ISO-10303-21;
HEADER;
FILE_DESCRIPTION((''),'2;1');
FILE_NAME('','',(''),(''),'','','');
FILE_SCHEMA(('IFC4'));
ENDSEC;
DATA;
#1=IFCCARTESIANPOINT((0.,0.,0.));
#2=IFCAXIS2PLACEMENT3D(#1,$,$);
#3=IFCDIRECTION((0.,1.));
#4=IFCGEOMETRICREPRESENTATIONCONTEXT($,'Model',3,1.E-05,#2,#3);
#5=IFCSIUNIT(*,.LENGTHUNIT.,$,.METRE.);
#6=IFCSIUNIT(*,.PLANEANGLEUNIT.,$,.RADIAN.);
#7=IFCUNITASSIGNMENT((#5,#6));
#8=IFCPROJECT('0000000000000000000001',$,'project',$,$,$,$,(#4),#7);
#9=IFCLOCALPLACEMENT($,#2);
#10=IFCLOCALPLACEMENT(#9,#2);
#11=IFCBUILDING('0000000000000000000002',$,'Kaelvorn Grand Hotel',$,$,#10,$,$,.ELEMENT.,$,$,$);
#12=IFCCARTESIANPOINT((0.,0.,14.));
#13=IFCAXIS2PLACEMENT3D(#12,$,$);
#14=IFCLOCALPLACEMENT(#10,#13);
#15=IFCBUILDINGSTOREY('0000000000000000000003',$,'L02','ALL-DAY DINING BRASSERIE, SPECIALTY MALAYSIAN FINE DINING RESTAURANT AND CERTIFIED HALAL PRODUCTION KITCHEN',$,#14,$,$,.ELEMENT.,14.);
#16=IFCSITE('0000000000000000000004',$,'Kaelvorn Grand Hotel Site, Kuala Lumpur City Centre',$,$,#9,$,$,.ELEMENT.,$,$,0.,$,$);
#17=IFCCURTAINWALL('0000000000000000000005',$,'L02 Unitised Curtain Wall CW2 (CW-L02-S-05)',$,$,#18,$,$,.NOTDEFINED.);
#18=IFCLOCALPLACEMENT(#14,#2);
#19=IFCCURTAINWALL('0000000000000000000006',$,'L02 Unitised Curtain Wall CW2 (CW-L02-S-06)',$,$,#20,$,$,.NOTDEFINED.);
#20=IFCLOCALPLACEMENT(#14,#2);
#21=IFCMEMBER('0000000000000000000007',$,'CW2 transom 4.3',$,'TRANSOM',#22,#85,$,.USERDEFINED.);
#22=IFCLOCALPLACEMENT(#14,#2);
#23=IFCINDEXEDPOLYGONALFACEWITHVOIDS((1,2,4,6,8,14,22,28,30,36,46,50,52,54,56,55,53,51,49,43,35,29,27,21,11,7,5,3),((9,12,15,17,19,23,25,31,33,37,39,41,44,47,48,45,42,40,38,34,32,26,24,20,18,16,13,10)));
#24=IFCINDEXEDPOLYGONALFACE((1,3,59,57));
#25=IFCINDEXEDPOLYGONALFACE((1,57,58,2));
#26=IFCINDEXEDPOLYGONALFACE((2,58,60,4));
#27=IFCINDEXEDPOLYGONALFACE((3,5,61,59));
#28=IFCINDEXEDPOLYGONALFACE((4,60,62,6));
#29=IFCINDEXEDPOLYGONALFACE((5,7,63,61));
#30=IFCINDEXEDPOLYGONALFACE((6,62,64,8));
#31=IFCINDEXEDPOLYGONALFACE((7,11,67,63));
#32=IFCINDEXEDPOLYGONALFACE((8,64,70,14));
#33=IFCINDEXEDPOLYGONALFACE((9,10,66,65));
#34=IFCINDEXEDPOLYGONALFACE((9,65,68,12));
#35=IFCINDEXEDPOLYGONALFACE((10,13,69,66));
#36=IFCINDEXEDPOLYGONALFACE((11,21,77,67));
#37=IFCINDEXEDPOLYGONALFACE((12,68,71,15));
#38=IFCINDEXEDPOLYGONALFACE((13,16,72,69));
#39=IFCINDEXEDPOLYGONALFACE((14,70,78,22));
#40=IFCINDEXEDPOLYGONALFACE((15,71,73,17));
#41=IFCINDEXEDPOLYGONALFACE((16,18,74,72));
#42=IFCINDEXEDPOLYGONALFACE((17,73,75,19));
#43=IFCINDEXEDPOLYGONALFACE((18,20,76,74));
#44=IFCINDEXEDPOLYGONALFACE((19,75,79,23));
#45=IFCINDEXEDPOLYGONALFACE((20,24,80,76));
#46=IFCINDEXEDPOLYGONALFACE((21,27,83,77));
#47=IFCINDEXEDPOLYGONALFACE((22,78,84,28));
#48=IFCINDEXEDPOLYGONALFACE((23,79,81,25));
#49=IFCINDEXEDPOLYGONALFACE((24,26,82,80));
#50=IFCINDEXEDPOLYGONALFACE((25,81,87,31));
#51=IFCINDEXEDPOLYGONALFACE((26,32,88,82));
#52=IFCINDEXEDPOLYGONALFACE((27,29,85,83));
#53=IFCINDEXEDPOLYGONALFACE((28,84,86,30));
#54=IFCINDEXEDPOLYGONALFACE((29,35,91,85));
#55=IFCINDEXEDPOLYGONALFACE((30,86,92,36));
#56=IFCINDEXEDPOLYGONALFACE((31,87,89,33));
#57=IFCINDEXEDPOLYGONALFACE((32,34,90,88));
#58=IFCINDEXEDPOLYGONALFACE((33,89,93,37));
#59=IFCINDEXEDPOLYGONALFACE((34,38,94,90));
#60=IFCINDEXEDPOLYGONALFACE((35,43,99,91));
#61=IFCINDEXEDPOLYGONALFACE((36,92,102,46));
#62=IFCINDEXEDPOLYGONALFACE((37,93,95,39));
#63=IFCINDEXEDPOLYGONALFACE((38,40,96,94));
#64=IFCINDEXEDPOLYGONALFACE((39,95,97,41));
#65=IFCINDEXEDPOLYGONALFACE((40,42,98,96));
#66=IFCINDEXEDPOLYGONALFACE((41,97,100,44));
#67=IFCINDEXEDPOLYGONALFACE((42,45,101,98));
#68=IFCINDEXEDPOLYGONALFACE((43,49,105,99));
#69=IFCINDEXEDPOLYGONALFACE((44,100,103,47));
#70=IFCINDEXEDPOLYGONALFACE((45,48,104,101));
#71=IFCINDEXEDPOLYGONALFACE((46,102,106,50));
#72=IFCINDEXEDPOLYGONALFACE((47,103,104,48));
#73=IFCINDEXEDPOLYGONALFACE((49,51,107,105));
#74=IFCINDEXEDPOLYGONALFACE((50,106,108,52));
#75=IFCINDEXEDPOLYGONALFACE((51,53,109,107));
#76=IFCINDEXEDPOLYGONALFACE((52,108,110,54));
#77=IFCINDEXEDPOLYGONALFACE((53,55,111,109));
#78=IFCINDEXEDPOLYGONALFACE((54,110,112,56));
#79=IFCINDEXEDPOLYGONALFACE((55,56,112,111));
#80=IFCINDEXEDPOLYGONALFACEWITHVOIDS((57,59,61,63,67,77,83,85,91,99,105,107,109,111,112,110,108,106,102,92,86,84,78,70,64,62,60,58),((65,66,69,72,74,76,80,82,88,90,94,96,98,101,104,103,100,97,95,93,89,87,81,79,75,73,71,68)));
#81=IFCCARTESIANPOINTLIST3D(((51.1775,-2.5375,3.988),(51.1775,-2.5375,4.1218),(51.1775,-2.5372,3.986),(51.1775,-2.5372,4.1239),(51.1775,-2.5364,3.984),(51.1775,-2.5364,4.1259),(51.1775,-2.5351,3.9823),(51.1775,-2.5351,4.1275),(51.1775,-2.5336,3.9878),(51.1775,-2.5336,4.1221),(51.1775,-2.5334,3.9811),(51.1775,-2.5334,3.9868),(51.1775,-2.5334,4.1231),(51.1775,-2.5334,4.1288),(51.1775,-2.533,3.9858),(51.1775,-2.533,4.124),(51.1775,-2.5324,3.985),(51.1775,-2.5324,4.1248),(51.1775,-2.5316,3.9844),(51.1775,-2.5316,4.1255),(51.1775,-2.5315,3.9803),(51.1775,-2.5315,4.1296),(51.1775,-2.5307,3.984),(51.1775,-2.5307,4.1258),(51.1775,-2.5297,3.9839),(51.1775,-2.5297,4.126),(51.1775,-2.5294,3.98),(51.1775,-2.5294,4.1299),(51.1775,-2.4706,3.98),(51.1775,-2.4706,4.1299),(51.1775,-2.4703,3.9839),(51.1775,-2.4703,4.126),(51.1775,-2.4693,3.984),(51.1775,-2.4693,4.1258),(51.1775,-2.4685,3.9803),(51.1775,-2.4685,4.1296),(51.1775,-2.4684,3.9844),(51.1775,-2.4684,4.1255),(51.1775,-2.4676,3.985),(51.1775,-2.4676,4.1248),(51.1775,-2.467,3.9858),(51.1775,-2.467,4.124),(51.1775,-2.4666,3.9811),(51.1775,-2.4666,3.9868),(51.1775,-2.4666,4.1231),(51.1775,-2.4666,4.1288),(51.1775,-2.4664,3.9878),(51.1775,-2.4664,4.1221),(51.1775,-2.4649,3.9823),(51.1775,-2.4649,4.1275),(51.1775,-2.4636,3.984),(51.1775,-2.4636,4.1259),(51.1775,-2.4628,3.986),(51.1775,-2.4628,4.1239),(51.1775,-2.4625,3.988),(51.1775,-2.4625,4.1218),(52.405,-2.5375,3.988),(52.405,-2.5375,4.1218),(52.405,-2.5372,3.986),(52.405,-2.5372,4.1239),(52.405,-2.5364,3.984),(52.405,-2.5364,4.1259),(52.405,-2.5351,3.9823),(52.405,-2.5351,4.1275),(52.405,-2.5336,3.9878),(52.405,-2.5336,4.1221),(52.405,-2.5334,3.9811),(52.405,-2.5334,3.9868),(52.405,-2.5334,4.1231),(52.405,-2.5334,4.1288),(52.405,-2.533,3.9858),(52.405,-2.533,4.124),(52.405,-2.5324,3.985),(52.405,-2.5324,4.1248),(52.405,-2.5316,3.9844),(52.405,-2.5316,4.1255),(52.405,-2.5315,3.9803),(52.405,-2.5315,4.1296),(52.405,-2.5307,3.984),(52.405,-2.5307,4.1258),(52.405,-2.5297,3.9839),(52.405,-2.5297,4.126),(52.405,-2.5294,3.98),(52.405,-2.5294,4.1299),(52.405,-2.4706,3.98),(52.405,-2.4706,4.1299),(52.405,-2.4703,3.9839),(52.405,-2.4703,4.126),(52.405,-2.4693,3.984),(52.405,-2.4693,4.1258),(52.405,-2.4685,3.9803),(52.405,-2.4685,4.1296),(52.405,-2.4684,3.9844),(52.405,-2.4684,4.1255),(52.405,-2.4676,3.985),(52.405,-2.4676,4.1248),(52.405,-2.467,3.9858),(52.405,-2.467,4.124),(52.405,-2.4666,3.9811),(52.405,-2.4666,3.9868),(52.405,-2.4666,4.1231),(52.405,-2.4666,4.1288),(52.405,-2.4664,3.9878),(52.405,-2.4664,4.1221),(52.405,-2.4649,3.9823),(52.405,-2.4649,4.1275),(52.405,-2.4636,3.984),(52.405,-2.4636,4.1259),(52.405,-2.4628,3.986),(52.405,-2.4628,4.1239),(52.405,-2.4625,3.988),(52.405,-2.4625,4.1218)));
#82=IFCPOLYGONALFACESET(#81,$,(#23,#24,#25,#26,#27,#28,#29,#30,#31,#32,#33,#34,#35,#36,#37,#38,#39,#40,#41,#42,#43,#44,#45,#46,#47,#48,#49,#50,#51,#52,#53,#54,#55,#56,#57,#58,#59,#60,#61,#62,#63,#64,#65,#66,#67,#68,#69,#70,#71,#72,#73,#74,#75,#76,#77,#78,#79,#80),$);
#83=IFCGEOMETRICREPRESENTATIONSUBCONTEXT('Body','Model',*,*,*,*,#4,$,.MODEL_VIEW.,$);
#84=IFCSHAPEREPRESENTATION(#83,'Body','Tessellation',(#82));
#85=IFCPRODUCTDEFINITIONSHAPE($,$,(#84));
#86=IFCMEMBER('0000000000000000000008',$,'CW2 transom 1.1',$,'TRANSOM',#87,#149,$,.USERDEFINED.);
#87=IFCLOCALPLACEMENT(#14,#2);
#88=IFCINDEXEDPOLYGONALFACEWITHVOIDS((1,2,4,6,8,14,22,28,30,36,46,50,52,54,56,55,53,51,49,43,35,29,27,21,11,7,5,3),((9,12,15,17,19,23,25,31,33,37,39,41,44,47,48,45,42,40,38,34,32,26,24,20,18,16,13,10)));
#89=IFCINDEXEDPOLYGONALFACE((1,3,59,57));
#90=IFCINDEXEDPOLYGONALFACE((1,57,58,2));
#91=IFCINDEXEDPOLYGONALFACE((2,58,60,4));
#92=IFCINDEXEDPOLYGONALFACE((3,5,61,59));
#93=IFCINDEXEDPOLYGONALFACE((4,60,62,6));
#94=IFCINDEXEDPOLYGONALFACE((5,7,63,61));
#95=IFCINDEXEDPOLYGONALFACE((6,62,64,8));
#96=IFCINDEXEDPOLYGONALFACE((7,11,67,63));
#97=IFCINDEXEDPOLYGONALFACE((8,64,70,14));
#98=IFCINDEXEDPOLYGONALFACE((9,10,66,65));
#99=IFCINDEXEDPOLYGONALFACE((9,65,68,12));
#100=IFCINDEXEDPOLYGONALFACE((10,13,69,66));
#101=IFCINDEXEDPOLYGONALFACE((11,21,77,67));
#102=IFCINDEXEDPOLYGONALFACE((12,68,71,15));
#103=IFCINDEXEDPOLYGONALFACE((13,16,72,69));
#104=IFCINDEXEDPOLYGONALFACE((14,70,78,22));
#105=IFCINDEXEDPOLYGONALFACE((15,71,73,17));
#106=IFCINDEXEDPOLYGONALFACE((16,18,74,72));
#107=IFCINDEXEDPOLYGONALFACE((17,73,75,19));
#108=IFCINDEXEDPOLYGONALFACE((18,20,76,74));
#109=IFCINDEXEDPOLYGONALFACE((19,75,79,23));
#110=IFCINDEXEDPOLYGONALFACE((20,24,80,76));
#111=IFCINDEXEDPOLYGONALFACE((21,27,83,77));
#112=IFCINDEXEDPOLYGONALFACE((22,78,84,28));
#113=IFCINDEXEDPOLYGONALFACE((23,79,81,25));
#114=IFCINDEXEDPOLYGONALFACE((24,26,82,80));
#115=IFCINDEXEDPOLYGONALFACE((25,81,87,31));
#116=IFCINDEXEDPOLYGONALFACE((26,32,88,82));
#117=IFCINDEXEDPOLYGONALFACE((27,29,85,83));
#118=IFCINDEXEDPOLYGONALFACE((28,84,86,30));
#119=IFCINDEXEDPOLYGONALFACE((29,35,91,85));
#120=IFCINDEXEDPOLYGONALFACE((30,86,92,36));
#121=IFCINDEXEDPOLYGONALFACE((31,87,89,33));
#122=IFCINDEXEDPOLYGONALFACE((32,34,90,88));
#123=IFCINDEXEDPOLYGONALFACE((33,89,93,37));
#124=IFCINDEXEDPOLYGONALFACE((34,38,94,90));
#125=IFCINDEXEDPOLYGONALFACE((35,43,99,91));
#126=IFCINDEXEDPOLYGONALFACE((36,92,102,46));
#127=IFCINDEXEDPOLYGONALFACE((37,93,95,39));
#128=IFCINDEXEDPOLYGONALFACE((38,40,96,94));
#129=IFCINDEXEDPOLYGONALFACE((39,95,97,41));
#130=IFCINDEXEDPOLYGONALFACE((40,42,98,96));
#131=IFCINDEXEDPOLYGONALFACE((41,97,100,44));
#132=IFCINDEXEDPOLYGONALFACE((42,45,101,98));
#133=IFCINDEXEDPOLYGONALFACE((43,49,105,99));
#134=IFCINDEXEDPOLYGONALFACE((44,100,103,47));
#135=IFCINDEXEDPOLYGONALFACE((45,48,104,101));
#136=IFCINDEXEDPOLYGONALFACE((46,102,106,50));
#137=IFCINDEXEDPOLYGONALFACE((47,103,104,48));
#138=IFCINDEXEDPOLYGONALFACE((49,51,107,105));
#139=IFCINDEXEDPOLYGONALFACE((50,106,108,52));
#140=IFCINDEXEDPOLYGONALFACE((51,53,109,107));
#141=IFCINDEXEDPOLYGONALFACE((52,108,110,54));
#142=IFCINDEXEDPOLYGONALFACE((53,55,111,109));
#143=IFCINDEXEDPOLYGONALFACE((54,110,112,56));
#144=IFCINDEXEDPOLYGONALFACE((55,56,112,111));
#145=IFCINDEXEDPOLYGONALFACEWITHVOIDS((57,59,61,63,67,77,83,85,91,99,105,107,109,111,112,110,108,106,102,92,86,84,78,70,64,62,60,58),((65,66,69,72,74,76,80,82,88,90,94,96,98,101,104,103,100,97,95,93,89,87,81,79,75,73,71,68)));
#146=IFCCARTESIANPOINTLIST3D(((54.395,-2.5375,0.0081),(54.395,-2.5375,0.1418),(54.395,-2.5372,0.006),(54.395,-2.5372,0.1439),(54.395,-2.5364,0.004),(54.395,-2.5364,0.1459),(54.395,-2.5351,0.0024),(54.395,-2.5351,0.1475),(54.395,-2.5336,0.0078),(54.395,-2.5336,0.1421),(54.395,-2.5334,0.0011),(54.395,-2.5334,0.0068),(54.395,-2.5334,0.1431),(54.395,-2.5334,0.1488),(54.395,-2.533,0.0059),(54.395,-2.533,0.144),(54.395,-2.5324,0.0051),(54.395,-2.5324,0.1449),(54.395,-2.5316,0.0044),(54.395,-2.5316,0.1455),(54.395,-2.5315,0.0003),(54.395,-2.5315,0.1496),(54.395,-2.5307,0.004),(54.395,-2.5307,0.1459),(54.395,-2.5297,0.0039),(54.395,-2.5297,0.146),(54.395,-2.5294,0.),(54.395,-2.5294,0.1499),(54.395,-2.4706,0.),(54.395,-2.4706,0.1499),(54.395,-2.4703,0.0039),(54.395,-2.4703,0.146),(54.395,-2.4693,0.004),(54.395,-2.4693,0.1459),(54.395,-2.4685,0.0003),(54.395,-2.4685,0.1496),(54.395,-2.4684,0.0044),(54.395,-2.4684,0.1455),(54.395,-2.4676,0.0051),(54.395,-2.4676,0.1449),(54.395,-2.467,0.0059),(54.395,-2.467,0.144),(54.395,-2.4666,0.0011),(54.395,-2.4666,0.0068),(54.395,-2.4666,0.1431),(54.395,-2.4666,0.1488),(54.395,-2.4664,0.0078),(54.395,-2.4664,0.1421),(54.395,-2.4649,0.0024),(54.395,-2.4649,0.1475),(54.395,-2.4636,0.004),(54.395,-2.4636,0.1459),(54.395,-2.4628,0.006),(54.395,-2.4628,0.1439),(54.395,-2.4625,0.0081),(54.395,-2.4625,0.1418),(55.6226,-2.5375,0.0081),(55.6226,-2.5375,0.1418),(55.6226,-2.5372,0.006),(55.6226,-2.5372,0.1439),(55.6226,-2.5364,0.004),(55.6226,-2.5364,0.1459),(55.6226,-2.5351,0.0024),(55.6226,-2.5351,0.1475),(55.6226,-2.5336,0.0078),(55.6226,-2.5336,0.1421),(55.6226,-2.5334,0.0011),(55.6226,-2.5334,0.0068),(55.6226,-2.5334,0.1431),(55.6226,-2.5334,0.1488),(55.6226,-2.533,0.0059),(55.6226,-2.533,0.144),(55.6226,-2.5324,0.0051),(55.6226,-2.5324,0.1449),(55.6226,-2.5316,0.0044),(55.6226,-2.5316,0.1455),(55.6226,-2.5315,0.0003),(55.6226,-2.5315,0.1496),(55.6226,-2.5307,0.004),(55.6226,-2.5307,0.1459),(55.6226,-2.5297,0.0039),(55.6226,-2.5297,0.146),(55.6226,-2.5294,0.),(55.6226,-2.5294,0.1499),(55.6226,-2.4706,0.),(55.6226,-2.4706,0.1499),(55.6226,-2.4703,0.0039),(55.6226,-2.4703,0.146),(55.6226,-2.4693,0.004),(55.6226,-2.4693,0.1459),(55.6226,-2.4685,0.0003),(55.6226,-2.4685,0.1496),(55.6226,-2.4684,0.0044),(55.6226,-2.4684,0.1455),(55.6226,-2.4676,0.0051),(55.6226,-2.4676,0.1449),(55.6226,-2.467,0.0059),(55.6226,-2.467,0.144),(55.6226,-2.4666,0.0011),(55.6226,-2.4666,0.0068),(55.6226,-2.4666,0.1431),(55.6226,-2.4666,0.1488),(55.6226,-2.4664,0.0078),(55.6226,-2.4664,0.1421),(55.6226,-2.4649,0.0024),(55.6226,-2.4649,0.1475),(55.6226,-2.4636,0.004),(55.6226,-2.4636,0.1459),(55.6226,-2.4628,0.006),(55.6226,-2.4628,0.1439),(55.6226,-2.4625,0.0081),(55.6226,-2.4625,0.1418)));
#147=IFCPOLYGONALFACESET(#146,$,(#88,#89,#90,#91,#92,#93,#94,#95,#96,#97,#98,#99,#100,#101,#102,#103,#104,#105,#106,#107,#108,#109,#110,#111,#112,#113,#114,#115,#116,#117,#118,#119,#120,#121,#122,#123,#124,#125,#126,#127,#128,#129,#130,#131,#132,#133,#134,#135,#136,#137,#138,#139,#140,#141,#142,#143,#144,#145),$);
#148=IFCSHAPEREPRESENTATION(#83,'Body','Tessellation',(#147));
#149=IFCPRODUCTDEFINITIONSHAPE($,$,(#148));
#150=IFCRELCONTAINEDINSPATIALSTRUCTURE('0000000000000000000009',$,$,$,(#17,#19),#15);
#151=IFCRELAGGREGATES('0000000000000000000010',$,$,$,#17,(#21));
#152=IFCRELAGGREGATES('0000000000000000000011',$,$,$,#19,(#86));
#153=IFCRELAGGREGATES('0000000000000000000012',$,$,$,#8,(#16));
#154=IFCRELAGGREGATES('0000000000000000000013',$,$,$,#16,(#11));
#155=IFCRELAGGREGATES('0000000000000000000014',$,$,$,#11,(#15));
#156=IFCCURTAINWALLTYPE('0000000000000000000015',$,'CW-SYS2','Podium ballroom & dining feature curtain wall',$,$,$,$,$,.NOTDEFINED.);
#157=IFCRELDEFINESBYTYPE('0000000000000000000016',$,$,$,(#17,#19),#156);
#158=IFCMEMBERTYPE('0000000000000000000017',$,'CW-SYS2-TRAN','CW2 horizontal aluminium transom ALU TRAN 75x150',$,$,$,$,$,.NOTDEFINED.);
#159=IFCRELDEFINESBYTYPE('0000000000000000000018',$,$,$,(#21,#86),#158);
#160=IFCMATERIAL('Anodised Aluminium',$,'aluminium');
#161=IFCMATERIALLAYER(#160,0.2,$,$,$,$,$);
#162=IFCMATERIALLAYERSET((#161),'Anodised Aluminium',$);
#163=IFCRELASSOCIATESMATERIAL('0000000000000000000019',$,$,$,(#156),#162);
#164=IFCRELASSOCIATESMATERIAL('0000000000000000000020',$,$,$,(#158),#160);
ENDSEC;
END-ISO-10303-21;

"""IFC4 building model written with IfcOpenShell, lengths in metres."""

from ifc_helpers import new_model, si_unit, direction, frame, origin, origin_2d, place, context, subcontext, project, spatial, hollow_rectangle, extrude, material, layer, layer_set, material_profile, profile_set, type_object, element, aggregate, save


model = new_model("IFC4")

# Units and contexts
model_context = context("Model", 3, precision=1e-05, world=origin(), true_north=direction((0.0, 1.0)))
body_context = subcontext(model_context, "Body", "Model", "MODEL_VIEW")
ifc_project = project(units=[si_unit("LENGTHUNIT", "METRE"), si_unit("PLANEANGLEUNIT", "RADIAN")], contexts=[model_context])

# Site, building, storey
site_placement = place(None, origin())
site = spatial("IfcSite", under=ifc_project, at=site_placement, Name="Kaelvorn Grand Hotel Site, Kuala Lumpur City Centre", CompositionType="ELEMENT", RefElevation=0.0)
building_placement = place(site_placement, origin())
building = spatial("IfcBuilding", under=site, at=building_placement, Name="Kaelvorn Grand Hotel", CompositionType="ELEMENT")
storey_placement = place(building_placement, frame((0.0, 0.0, 14.0)))
storey = spatial("IfcBuildingStorey", under=building, at=storey_placement, Name="L02", Description="ALL-DAY DINING BRASSERIE, SPECIALTY MALAYSIAN FINE DINING RESTAURANT AND CERTIFIED HALAL PRODUCTION KITCHEN", CompositionType="ELEMENT", Elevation=14.0)

# Curtain walls
ifc_material_1 = material(Name="Anodised Aluminium", Category="aluminium")
ifc_layer_1 = layer(ifc_material_1, 0.2)
ifc_layer_set_1 = layer_set([ifc_layer_1], Name="Anodised Aluminium")
curtain_wall_type = type_object("IfcCurtainWallType", Name="CW-SYS2", Description="Podium ballroom & dining feature curtain wall", PredefinedType="NOTDEFINED", material=ifc_layer_set_1)
curtain_wall_1_placement = place(storey_placement, origin())
curtain_wall_1 = element("IfcCurtainWall", 1, at=curtain_wall_1_placement, inside=storey, type_object=curtain_wall_type, Name="L02 Unitised Curtain Wall CW2 (CW-L02-S-05)", PredefinedType="NOTDEFINED")
curtain_wall_2_placement = place(storey_placement, origin())
curtain_wall_2 = element("IfcCurtainWall", 2, at=curtain_wall_2_placement, inside=storey, type_object=curtain_wall_type, Name="L02 Unitised Curtain Wall CW2 (CW-L02-S-06)", PredefinedType="NOTDEFINED")

# Members
ifc_material_profile_1 = material_profile(ifc_material_1, hollow_rectangle(XDim=0.075, YDim=0.1499, WallThickness=0.0039, InnerFilletRadius=0.0039, OuterFilletRadius=0.0081, at=origin_2d()), Name="ALU TRAN 75x150")
ifc_profile_set_1 = profile_set([ifc_material_profile_1], Name="Anodised Aluminium")
member_type_1 = type_object("IfcMemberType", Name="CW-SYS2-TRAN", Description="CW2 horizontal aluminium transom ALU TRAN 75x150", PredefinedType="NOTDEFINED", material=ifc_profile_set_1)
member_1_placement = place(storey_placement, frame((51.1775, -2.5, 4.0549), z_axis=(1.0, 0.0, 0.0), x_axis=(0.0, 1.0, 0.0)))
member_1 = element("IfcMember", 3, at=member_1_placement, type_object=member_type_1, Name="CW2 transom 4.3", ObjectType="TRANSOM", PredefinedType="USERDEFINED", context=body_context, shape_type="SweptSolid", body=[
    extrude(hollow_rectangle(XDim=0.075, YDim=0.1499, WallThickness=0.0039, InnerFilletRadius=0.0039, OuterFilletRadius=0.0081, at=origin_2d()), origin(), (0.0, 0.0, 1.0), 1.2275),
])
member_2_placement = place(storey_placement, frame((54.395, -2.5, 0.075), z_axis=(1.0, 0.0, 0.0), x_axis=(0.0, 1.0, 0.0)))
member_2 = element("IfcMember", 4, at=member_2_placement, type_object=member_type_1, Name="CW2 transom 1.1", ObjectType="TRANSOM", PredefinedType="USERDEFINED", context=body_context, shape_type="SweptSolid", body=[
    extrude(hollow_rectangle(XDim=0.075, YDim=0.1499, WallThickness=0.0039, InnerFilletRadius=0.0039, OuterFilletRadius=0.0081, at=origin_2d()), origin(), (0.0, 0.0, 1.0), 1.2275),
])

aggregate(curtain_wall_1, [member_1])
aggregate(curtain_wall_2, [member_2])

save(model, "model.ifc")
